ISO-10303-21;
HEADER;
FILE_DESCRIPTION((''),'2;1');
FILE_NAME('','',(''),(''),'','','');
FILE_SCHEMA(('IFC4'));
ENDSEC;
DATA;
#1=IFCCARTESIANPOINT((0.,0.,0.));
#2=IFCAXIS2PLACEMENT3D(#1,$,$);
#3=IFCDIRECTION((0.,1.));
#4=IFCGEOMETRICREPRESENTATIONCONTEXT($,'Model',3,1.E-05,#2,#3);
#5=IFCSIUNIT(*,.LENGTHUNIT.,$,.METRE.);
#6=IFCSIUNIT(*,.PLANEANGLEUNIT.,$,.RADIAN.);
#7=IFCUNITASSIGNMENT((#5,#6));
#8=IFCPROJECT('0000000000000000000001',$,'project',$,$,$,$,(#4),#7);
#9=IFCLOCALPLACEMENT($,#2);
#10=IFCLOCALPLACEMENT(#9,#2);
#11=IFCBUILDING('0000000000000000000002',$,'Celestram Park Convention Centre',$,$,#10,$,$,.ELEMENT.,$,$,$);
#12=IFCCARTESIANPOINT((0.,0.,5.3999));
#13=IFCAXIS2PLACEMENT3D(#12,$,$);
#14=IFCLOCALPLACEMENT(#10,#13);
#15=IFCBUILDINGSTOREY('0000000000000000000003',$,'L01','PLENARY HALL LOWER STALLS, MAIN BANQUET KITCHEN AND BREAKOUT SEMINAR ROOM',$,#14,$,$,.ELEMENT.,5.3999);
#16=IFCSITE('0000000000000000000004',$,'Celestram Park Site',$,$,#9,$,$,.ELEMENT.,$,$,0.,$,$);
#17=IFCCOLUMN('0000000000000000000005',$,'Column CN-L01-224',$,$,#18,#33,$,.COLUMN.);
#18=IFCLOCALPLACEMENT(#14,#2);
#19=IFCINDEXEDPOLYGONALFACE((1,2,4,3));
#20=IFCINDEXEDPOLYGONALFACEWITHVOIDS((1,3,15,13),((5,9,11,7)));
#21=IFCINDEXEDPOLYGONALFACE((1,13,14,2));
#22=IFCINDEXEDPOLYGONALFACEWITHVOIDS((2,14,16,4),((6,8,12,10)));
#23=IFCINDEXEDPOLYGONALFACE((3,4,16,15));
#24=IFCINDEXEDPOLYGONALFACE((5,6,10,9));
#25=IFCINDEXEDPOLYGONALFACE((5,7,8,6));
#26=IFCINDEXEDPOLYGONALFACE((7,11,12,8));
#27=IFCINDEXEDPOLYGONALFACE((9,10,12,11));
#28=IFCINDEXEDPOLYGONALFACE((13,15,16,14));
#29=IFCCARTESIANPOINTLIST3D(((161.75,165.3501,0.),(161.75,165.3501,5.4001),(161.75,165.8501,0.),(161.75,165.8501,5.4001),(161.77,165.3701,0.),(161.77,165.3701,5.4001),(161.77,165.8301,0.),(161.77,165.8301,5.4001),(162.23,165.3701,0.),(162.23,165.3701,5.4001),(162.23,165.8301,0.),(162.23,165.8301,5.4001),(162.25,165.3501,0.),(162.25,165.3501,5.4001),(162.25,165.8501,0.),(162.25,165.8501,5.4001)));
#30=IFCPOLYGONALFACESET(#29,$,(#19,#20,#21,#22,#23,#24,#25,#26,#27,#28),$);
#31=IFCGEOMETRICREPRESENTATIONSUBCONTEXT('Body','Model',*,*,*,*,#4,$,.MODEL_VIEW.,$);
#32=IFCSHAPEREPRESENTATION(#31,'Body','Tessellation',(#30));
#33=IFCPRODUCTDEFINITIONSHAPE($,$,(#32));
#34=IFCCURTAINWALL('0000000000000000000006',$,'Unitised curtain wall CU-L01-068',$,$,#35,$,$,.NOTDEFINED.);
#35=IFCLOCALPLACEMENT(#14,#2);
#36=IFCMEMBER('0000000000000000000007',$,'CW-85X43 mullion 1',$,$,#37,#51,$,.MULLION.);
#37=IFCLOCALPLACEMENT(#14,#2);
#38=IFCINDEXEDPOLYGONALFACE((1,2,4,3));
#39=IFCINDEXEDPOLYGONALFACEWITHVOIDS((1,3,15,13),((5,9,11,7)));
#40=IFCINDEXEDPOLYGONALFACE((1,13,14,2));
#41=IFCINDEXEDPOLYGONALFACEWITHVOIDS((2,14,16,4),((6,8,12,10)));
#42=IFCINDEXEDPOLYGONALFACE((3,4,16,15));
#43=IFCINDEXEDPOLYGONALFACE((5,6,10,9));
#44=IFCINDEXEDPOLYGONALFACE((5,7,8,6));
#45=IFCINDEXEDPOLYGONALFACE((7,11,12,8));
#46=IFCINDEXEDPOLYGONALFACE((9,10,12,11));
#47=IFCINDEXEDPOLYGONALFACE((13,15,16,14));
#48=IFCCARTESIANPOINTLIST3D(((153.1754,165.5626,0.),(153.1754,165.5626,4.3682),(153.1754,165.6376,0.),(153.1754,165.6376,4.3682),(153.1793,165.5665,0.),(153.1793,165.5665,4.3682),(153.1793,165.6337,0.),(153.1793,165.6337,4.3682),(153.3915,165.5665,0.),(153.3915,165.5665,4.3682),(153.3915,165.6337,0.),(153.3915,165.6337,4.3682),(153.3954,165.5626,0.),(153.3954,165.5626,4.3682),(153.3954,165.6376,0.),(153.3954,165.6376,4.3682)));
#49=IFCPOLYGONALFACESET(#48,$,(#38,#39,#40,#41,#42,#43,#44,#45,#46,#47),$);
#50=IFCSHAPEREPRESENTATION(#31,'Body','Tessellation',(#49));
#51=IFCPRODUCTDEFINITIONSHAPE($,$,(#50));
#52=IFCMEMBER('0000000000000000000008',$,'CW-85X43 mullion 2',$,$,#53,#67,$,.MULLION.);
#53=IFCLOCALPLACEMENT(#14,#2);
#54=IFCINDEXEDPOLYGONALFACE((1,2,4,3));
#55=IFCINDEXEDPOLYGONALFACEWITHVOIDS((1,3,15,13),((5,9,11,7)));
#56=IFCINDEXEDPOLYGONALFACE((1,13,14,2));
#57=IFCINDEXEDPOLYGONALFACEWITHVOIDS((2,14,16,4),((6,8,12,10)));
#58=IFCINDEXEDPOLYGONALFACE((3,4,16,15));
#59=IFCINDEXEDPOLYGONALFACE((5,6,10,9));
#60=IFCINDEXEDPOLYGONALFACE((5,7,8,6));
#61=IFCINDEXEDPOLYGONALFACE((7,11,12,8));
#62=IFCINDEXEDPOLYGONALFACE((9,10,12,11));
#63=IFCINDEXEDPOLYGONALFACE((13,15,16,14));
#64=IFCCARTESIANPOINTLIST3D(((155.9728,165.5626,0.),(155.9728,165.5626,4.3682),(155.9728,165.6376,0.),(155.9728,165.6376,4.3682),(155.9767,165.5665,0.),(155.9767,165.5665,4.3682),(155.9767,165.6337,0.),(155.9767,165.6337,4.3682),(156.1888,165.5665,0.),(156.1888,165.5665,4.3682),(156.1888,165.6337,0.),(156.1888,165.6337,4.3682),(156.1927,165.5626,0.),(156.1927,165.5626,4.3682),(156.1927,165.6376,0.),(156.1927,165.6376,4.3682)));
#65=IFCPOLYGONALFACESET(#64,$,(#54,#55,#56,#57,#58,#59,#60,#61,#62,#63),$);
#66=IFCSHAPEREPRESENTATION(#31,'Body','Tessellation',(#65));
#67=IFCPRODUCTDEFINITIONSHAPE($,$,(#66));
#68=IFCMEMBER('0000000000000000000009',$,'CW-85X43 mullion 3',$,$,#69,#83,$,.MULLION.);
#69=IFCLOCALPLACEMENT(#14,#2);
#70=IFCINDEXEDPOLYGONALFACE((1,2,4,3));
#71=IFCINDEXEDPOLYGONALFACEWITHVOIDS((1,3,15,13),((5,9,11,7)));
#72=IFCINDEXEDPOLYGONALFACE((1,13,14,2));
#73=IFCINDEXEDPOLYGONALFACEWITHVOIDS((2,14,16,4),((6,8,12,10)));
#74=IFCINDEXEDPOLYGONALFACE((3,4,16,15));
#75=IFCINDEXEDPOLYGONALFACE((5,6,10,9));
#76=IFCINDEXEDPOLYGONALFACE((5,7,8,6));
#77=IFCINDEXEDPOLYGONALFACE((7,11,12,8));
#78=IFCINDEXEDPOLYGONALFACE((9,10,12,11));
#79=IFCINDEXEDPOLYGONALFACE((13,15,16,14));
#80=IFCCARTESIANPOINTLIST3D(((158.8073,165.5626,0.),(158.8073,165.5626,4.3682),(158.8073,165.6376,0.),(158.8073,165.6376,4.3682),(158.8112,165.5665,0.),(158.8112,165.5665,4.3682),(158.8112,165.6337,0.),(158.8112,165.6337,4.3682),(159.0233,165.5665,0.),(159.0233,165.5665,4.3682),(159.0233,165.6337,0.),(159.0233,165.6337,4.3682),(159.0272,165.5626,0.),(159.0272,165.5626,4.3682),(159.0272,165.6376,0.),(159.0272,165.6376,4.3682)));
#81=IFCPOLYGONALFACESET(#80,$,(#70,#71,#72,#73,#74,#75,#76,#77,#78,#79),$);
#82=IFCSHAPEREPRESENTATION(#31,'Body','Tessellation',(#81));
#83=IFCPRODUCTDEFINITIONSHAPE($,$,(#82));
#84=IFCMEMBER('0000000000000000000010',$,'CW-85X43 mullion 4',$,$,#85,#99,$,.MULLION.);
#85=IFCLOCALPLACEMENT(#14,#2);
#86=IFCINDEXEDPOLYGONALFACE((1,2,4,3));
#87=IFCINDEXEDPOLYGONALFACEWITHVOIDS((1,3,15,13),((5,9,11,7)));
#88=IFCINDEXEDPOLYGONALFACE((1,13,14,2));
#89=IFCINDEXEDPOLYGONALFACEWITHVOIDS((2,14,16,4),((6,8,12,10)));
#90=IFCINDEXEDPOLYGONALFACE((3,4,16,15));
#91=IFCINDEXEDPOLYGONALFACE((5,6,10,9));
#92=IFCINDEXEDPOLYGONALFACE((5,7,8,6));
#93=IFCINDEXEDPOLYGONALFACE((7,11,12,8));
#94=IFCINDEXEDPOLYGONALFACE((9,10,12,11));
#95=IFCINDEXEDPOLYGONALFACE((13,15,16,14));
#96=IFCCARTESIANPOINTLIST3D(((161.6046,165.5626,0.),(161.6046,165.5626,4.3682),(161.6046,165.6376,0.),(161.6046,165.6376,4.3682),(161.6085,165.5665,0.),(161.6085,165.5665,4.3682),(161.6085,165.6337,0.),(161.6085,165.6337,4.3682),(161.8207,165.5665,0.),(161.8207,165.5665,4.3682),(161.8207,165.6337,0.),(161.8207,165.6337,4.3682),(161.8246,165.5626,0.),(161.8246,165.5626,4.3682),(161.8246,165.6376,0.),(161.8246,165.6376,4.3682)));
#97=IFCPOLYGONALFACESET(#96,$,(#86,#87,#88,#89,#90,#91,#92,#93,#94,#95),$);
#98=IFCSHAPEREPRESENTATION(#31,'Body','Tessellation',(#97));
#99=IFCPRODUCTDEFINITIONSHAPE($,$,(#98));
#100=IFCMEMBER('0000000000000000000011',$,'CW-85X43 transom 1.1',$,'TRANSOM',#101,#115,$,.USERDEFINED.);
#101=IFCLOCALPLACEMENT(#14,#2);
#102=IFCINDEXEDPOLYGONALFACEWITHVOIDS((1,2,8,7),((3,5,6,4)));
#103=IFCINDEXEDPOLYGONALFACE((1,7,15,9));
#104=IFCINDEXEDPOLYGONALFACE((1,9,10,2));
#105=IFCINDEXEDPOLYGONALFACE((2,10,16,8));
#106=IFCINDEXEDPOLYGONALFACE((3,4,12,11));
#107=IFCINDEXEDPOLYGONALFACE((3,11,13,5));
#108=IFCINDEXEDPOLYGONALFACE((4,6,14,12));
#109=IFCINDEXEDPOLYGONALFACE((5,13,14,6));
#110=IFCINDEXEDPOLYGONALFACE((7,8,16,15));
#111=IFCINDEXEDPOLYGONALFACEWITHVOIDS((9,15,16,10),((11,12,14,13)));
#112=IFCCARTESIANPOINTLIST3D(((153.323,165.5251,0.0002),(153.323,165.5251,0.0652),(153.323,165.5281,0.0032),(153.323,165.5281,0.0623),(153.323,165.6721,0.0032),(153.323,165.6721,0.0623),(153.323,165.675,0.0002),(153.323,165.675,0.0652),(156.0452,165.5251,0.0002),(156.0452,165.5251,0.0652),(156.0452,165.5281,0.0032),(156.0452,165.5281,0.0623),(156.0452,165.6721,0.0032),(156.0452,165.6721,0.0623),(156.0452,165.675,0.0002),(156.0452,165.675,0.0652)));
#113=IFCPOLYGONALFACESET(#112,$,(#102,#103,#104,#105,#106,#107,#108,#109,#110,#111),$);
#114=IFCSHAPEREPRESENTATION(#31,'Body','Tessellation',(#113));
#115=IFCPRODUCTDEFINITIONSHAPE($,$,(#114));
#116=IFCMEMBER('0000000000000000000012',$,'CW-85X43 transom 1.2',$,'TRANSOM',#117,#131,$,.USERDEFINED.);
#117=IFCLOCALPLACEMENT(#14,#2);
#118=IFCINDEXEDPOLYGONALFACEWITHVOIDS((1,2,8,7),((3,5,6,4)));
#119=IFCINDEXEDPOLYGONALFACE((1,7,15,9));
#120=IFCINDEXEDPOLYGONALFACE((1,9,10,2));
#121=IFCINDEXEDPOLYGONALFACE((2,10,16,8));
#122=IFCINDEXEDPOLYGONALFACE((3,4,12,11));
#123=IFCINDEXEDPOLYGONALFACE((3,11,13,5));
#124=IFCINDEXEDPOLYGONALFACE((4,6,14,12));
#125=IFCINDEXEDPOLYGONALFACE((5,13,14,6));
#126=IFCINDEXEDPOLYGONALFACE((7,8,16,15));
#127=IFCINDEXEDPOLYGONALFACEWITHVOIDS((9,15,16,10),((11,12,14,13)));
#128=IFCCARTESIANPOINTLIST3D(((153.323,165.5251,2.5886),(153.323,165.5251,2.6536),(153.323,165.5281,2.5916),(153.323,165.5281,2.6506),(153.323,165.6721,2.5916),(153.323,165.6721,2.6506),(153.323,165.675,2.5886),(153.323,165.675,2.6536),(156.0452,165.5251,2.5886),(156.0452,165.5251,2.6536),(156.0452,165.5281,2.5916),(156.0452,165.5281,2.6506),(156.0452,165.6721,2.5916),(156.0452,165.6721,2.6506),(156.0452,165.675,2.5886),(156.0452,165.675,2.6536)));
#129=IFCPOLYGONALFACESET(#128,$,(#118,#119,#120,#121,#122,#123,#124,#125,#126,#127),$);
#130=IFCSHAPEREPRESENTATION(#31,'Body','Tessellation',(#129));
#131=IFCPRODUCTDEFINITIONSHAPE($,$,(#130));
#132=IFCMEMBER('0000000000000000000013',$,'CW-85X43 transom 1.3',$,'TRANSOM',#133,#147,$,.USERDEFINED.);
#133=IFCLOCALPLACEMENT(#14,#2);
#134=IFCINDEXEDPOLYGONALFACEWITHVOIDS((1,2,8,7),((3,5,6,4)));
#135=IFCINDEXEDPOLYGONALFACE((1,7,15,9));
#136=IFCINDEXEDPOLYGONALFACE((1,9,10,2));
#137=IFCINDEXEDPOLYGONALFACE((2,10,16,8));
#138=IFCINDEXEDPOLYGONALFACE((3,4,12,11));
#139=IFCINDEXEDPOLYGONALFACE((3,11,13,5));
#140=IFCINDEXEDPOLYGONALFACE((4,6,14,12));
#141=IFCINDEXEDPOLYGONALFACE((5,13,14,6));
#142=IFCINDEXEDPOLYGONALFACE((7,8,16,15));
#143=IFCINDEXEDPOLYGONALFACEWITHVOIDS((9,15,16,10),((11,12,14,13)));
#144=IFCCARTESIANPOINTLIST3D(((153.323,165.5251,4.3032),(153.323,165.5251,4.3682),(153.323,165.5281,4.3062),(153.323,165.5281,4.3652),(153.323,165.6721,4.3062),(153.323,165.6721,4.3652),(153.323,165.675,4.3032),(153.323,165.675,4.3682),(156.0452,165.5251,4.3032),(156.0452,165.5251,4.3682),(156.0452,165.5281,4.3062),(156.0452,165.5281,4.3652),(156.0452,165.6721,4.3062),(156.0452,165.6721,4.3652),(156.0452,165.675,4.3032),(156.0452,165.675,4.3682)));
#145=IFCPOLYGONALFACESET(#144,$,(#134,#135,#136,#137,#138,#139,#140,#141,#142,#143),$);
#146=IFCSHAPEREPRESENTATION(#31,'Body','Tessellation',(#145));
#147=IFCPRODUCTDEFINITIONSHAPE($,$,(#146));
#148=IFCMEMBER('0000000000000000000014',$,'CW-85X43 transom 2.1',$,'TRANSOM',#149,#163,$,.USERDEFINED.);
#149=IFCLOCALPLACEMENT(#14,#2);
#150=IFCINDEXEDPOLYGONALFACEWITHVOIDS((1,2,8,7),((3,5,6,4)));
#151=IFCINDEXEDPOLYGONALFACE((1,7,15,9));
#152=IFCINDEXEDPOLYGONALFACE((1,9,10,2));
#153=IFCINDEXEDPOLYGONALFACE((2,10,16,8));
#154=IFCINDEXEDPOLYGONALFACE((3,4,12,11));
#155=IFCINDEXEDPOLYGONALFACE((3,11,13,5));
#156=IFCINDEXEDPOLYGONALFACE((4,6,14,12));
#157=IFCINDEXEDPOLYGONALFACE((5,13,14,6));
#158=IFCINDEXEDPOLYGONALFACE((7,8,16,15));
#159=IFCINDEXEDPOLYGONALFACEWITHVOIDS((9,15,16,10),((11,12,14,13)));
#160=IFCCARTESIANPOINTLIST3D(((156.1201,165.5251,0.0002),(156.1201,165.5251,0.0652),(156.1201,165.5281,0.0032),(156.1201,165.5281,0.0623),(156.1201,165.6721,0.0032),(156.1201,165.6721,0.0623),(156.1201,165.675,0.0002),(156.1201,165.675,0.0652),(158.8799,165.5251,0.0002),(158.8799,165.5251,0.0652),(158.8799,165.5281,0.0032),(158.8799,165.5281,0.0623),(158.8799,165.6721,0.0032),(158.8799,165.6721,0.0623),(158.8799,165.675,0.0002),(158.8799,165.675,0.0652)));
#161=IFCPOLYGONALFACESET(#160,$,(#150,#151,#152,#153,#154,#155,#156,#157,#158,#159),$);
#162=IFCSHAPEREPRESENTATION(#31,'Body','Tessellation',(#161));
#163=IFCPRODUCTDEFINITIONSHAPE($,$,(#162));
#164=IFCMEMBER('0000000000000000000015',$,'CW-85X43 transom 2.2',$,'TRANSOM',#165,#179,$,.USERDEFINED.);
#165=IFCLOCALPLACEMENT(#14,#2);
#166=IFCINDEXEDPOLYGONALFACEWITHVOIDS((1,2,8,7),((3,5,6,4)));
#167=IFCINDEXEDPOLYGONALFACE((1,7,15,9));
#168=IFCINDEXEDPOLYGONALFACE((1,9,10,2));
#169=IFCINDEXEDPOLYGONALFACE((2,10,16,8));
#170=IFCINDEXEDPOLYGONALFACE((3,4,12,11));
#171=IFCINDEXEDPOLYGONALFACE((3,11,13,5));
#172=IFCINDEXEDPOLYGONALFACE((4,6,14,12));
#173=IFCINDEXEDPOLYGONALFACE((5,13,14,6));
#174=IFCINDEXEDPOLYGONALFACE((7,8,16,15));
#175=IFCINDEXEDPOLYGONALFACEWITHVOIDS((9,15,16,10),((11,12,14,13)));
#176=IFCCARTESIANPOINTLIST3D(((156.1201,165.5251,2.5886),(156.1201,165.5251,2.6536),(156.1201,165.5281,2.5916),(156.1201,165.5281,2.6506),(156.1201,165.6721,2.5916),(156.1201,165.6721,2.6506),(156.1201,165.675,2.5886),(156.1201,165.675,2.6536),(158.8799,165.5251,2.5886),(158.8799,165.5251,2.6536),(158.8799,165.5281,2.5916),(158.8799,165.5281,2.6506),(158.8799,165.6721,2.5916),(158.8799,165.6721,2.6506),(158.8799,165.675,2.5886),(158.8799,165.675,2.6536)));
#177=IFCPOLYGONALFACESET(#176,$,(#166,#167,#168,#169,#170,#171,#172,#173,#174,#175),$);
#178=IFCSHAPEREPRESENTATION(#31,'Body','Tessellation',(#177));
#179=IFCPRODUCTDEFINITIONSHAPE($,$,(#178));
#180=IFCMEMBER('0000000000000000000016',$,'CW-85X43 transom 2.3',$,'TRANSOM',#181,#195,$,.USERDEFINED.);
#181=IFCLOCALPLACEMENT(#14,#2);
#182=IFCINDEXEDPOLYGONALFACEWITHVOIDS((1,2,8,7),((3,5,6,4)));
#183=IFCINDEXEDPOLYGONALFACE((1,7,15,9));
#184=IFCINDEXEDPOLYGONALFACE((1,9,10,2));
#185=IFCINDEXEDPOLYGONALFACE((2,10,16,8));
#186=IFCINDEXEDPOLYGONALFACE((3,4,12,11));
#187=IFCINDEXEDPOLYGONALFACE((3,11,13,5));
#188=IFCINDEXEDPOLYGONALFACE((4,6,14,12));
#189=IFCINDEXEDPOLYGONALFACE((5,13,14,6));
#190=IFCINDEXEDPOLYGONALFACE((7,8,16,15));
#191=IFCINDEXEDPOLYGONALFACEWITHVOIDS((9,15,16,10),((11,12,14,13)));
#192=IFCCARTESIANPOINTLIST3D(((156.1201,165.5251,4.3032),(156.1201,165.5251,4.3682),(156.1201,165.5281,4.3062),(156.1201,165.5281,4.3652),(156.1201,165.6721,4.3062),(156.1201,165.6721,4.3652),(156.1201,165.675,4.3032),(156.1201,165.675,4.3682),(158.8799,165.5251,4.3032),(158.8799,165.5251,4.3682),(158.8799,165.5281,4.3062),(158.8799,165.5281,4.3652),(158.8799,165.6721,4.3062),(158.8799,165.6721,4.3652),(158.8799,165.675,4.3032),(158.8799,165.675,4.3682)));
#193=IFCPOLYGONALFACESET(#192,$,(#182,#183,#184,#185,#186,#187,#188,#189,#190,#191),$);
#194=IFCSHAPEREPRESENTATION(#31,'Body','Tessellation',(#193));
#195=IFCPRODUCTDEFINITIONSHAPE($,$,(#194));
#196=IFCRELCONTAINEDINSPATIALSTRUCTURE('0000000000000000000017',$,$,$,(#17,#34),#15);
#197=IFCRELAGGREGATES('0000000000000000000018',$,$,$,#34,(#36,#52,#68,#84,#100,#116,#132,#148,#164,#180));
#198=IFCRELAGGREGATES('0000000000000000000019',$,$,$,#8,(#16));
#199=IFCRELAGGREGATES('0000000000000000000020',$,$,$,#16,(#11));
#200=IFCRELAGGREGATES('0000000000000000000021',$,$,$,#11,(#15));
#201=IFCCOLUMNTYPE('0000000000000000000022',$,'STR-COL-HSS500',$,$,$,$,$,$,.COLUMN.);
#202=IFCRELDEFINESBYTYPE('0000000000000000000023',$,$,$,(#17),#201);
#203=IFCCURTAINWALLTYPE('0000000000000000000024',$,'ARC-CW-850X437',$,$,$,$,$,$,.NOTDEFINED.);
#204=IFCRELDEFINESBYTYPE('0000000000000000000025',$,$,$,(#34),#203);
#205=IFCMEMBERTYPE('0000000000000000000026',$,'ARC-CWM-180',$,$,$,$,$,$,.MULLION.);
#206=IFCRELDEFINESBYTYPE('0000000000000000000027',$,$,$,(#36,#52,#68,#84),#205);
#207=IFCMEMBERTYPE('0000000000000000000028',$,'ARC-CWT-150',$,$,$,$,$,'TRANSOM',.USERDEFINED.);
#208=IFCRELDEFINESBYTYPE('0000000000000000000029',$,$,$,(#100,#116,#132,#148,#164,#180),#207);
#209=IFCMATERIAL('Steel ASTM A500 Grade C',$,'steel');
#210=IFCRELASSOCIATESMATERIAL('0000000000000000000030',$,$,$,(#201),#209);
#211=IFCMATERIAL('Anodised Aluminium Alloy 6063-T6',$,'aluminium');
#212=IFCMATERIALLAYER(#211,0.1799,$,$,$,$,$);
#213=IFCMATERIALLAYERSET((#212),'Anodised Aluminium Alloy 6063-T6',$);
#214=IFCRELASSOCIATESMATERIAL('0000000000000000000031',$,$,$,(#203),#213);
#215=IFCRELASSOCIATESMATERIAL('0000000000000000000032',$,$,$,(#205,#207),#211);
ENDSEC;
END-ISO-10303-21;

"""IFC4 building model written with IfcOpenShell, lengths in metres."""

from ifc_helpers import new_model, si_unit, direction, frame, origin, origin_2d, place, context, subcontext, project, spatial, hollow_rectangle, extrude, material, layer, layer_set, material_profile, profile_set, type_object, element, aggregate, save


model = new_model("IFC4")

# Units and contexts
model_context = context("Model", 3, precision=1e-05, world=origin(), true_north=direction((0.0, 1.0)))
body_context = subcontext(model_context, "Body", "Model", "MODEL_VIEW")
ifc_project = project(units=[si_unit("LENGTHUNIT", "METRE"), si_unit("PLANEANGLEUNIT", "RADIAN")], contexts=[model_context])

# Site, building, storey
site_placement = place(None, origin())
site = spatial("IfcSite", under=ifc_project, at=site_placement, Name="Celestram Park Site", CompositionType="ELEMENT", RefElevation=0.0)
building_placement = place(site_placement, origin())
building = spatial("IfcBuilding", under=site, at=building_placement, Name="Celestram Park Convention Centre", CompositionType="ELEMENT")
storey_placement = place(building_placement, frame((0.0, 0.0, 5.3999)))
storey = spatial("IfcBuildingStorey", under=building, at=storey_placement, Name="L01", Description="PLENARY HALL LOWER STALLS, MAIN BANQUET KITCHEN AND BREAKOUT SEMINAR ROOM", CompositionType="ELEMENT", Elevation=5.3999)

# Column
ifc_material_1 = material(Name="Steel ASTM A500 Grade C", Category="steel")
ifc_material_profile_1 = material_profile(ifc_material_1, hollow_rectangle(XDim=0.5, YDim=0.5, WallThickness=0.02, at=origin_2d()), Name="HSS500X500X20")
ifc_profile_set_1 = profile_set([ifc_material_profile_1], Name="Steel ASTM A500 Grade C")
column_type = type_object("IfcColumnType", Name="STR-COL-HSS500", PredefinedType="COLUMN", material=ifc_profile_set_1)
column_placement = place(storey_placement, frame((162.0, 165.6001, 0.0), z_axis=(0.0, 0.0, 1.0), x_axis=(1.0, 0.0, 0.0)))
element("IfcColumn", 1, at=column_placement, inside=storey, type_object=column_type, Name="Column CN-L01-224", PredefinedType="COLUMN", context=body_context, shape_type="SweptSolid", body=[
    extrude(hollow_rectangle(XDim=0.5, YDim=0.5, WallThickness=0.02, at=origin_2d()), origin(), (0.0, 0.0, 1.0), 5.4001),
])

# Curtain wall, members
ifc_material_2 = material(Name="Anodised Aluminium Alloy 6063-T6", Category="aluminium")
ifc_layer_1 = layer(ifc_material_2, 0.1799)
ifc_layer_set_1 = layer_set([ifc_layer_1], Name="Anodised Aluminium Alloy 6063-T6")
curtain_wall_type = type_object("IfcCurtainWallType", Name="ARC-CW-850X437", PredefinedType="NOTDEFINED", material=ifc_layer_set_1)
curtain_wall_placement = place(storey_placement, origin())
curtain_wall = element("IfcCurtainWall", 2, at=curtain_wall_placement, inside=storey, type_object=curtain_wall_type, Name="Unitised curtain wall CU-L01-068", PredefinedType="NOTDEFINED")
ifc_material_profile_2 = material_profile(ifc_material_2, hollow_rectangle(XDim=0.075, YDim=0.22, WallThickness=0.0039, at=origin_2d()), Name="ALU75X220X4")
ifc_profile_set_2 = profile_set([ifc_material_profile_2], Name="Anodised Aluminium Alloy 6063-T6")
member_type_1 = type_object("IfcMemberType", Name="ARC-CWM-180", PredefinedType="MULLION", material=ifc_profile_set_2)
member_1_placement = place(storey_placement, frame((153.2854, 165.6001, 0.0), z_axis=(0.0, 0.0, 1.0), x_axis=(0.0, 1.0, 0.0)))
member_1 = element("IfcMember", 3, at=member_1_placement, type_object=member_type_1, Name="CW-85X43 mullion 1", PredefinedType="MULLION", context=body_context, shape_type="SweptSolid", body=[
    extrude(hollow_rectangle(XDim=0.075, YDim=0.22, WallThickness=0.0039, at=origin_2d()), origin(), (0.0, 0.0, 1.0), 4.3682),
])
member_2_placement = place(storey_placement, frame((156.0828, 165.6001, 0.0), z_axis=(0.0, 0.0, 1.0), x_axis=(0.0, 1.0, 0.0)))
member_2 = element("IfcMember", 4, at=member_2_placement, type_object=member_type_1, Name="CW-85X43 mullion 2", PredefinedType="MULLION", context=body_context, shape_type="SweptSolid", body=[
    extrude(hollow_rectangle(XDim=0.075, YDim=0.22, WallThickness=0.0039, at=origin_2d()), origin(), (0.0, 0.0, 1.0), 4.3682),
])
member_3_placement = place(storey_placement, frame((158.9172, 165.6001, 0.0), z_axis=(0.0, 0.0, 1.0), x_axis=(0.0, 1.0, 0.0)))
member_3 = element("IfcMember", 5, at=member_3_placement, type_object=member_type_1, Name="CW-85X43 mullion 3", PredefinedType="MULLION", context=body_context, shape_type="SweptSolid", body=[
    extrude(hollow_rectangle(XDim=0.075, YDim=0.22, WallThickness=0.0039, at=origin_2d()), origin(), (0.0, 0.0, 1.0), 4.3682),
])
member_4_placement = place(storey_placement, frame((161.7146, 165.6001, 0.0), z_axis=(0.0, 0.0, 1.0), x_axis=(0.0, 1.0, 0.0)))
member_4 = element("IfcMember", 6, at=member_4_placement, type_object=member_type_1, Name="CW-85X43 mullion 4", PredefinedType="MULLION", context=body_context, shape_type="SweptSolid", body=[
    extrude(hollow_rectangle(XDim=0.075, YDim=0.22, WallThickness=0.0039, at=origin_2d()), origin(), (0.0, 0.0, 1.0), 4.3682),
])
ifc_material_profile_3 = material_profile(ifc_material_2, hollow_rectangle(XDim=0.1499, YDim=0.0649, WallThickness=0.0029, at=origin_2d()), Name="ALU150X65X3")
ifc_profile_set_3 = profile_set([ifc_material_profile_3], Name="Anodised Aluminium Alloy 6063-T6")
member_type_2 = type_object("IfcMemberType", Name="ARC-CWT-150", ElementType="TRANSOM", PredefinedType="USERDEFINED", material=ifc_profile_set_3)
member_5_placement = place(storey_placement, frame((153.323, 165.6001, 0.0327), z_axis=(1.0, 0.0, 0.0), x_axis=(0.0, 1.0, 0.0)))
member_5 = element("IfcMember", 7, at=member_5_placement, type_object=member_type_2, Name="CW-85X43 transom 1.1", ObjectType="TRANSOM", PredefinedType="USERDEFINED", context=body_context, shape_type="SweptSolid", body=[
    extrude(hollow_rectangle(XDim=0.1499, YDim=0.0649, WallThickness=0.0029, at=origin_2d()), origin(), (0.0, 0.0, 1.0), 2.7222),
])
member_6_placement = place(storey_placement, frame((153.323, 165.6001, 2.6211), z_axis=(1.0, 0.0, 0.0), x_axis=(0.0, 1.0, 0.0)))
member_6 = element("IfcMember", 8, at=member_6_placement, type_object=member_type_2, Name="CW-85X43 transom 1.2", ObjectType="TRANSOM", PredefinedType="USERDEFINED", context=body_context, shape_type="SweptSolid", body=[
    extrude(hollow_rectangle(XDim=0.1499, YDim=0.0649, WallThickness=0.0029, at=origin_2d()), origin(), (0.0, 0.0, 1.0), 2.7222),
])
member_7_placement = place(storey_placement, frame((153.323, 165.6001, 4.3357), z_axis=(1.0, 0.0, 0.0), x_axis=(0.0, 1.0, 0.0)))
member_7 = element("IfcMember", 9, at=member_7_placement, type_object=member_type_2, Name="CW-85X43 transom 1.3", ObjectType="TRANSOM", PredefinedType="USERDEFINED", context=body_context, shape_type="SweptSolid", body=[
    extrude(hollow_rectangle(XDim=0.1499, YDim=0.0649, WallThickness=0.0029, at=origin_2d()), origin(), (0.0, 0.0, 1.0), 2.7222),
])
member_8_placement = place(storey_placement, frame((156.1201, 165.6001, 0.0327), z_axis=(1.0, 0.0, 0.0), x_axis=(0.0, 1.0, 0.0)))
member_8 = element("IfcMember", 10, at=member_8_placement, type_object=member_type_2, Name="CW-85X43 transom 2.1", ObjectType="TRANSOM", PredefinedType="USERDEFINED", context=body_context, shape_type="SweptSolid", body=[
    extrude(hollow_rectangle(XDim=0.1499, YDim=0.0649, WallThickness=0.0029, at=origin_2d()), origin(), (0.0, 0.0, 1.0), 2.7598),
])
member_9_placement = place(storey_placement, frame((156.1201, 165.6001, 2.6211), z_axis=(1.0, 0.0, 0.0), x_axis=(0.0, 1.0, 0.0)))
member_9 = element("IfcMember", 11, at=member_9_placement, type_object=member_type_2, Name="CW-85X43 transom 2.2", ObjectType="TRANSOM", PredefinedType="USERDEFINED", context=body_context, shape_type="SweptSolid", body=[
    extrude(hollow_rectangle(XDim=0.1499, YDim=0.0649, WallThickness=0.0029, at=origin_2d()), origin(), (0.0, 0.0, 1.0), 2.7598),
])
member_10_placement = place(storey_placement, frame((156.1201, 165.6001, 4.3357), z_axis=(1.0, 0.0, 0.0), x_axis=(0.0, 1.0, 0.0)))
member_10 = element("IfcMember", 12, at=member_10_placement, type_object=member_type_2, Name="CW-85X43 transom 2.3", ObjectType="TRANSOM", PredefinedType="USERDEFINED", context=body_context, shape_type="SweptSolid", body=[
    extrude(hollow_rectangle(XDim=0.1499, YDim=0.0649, WallThickness=0.0029, at=origin_2d()), origin(), (0.0, 0.0, 1.0), 2.7598),
])
aggregate(curtain_wall, [member_1, member_2, member_3, member_4, member_5, member_6, member_7, member_8, member_9, member_10])

save(model, "model.ifc")
